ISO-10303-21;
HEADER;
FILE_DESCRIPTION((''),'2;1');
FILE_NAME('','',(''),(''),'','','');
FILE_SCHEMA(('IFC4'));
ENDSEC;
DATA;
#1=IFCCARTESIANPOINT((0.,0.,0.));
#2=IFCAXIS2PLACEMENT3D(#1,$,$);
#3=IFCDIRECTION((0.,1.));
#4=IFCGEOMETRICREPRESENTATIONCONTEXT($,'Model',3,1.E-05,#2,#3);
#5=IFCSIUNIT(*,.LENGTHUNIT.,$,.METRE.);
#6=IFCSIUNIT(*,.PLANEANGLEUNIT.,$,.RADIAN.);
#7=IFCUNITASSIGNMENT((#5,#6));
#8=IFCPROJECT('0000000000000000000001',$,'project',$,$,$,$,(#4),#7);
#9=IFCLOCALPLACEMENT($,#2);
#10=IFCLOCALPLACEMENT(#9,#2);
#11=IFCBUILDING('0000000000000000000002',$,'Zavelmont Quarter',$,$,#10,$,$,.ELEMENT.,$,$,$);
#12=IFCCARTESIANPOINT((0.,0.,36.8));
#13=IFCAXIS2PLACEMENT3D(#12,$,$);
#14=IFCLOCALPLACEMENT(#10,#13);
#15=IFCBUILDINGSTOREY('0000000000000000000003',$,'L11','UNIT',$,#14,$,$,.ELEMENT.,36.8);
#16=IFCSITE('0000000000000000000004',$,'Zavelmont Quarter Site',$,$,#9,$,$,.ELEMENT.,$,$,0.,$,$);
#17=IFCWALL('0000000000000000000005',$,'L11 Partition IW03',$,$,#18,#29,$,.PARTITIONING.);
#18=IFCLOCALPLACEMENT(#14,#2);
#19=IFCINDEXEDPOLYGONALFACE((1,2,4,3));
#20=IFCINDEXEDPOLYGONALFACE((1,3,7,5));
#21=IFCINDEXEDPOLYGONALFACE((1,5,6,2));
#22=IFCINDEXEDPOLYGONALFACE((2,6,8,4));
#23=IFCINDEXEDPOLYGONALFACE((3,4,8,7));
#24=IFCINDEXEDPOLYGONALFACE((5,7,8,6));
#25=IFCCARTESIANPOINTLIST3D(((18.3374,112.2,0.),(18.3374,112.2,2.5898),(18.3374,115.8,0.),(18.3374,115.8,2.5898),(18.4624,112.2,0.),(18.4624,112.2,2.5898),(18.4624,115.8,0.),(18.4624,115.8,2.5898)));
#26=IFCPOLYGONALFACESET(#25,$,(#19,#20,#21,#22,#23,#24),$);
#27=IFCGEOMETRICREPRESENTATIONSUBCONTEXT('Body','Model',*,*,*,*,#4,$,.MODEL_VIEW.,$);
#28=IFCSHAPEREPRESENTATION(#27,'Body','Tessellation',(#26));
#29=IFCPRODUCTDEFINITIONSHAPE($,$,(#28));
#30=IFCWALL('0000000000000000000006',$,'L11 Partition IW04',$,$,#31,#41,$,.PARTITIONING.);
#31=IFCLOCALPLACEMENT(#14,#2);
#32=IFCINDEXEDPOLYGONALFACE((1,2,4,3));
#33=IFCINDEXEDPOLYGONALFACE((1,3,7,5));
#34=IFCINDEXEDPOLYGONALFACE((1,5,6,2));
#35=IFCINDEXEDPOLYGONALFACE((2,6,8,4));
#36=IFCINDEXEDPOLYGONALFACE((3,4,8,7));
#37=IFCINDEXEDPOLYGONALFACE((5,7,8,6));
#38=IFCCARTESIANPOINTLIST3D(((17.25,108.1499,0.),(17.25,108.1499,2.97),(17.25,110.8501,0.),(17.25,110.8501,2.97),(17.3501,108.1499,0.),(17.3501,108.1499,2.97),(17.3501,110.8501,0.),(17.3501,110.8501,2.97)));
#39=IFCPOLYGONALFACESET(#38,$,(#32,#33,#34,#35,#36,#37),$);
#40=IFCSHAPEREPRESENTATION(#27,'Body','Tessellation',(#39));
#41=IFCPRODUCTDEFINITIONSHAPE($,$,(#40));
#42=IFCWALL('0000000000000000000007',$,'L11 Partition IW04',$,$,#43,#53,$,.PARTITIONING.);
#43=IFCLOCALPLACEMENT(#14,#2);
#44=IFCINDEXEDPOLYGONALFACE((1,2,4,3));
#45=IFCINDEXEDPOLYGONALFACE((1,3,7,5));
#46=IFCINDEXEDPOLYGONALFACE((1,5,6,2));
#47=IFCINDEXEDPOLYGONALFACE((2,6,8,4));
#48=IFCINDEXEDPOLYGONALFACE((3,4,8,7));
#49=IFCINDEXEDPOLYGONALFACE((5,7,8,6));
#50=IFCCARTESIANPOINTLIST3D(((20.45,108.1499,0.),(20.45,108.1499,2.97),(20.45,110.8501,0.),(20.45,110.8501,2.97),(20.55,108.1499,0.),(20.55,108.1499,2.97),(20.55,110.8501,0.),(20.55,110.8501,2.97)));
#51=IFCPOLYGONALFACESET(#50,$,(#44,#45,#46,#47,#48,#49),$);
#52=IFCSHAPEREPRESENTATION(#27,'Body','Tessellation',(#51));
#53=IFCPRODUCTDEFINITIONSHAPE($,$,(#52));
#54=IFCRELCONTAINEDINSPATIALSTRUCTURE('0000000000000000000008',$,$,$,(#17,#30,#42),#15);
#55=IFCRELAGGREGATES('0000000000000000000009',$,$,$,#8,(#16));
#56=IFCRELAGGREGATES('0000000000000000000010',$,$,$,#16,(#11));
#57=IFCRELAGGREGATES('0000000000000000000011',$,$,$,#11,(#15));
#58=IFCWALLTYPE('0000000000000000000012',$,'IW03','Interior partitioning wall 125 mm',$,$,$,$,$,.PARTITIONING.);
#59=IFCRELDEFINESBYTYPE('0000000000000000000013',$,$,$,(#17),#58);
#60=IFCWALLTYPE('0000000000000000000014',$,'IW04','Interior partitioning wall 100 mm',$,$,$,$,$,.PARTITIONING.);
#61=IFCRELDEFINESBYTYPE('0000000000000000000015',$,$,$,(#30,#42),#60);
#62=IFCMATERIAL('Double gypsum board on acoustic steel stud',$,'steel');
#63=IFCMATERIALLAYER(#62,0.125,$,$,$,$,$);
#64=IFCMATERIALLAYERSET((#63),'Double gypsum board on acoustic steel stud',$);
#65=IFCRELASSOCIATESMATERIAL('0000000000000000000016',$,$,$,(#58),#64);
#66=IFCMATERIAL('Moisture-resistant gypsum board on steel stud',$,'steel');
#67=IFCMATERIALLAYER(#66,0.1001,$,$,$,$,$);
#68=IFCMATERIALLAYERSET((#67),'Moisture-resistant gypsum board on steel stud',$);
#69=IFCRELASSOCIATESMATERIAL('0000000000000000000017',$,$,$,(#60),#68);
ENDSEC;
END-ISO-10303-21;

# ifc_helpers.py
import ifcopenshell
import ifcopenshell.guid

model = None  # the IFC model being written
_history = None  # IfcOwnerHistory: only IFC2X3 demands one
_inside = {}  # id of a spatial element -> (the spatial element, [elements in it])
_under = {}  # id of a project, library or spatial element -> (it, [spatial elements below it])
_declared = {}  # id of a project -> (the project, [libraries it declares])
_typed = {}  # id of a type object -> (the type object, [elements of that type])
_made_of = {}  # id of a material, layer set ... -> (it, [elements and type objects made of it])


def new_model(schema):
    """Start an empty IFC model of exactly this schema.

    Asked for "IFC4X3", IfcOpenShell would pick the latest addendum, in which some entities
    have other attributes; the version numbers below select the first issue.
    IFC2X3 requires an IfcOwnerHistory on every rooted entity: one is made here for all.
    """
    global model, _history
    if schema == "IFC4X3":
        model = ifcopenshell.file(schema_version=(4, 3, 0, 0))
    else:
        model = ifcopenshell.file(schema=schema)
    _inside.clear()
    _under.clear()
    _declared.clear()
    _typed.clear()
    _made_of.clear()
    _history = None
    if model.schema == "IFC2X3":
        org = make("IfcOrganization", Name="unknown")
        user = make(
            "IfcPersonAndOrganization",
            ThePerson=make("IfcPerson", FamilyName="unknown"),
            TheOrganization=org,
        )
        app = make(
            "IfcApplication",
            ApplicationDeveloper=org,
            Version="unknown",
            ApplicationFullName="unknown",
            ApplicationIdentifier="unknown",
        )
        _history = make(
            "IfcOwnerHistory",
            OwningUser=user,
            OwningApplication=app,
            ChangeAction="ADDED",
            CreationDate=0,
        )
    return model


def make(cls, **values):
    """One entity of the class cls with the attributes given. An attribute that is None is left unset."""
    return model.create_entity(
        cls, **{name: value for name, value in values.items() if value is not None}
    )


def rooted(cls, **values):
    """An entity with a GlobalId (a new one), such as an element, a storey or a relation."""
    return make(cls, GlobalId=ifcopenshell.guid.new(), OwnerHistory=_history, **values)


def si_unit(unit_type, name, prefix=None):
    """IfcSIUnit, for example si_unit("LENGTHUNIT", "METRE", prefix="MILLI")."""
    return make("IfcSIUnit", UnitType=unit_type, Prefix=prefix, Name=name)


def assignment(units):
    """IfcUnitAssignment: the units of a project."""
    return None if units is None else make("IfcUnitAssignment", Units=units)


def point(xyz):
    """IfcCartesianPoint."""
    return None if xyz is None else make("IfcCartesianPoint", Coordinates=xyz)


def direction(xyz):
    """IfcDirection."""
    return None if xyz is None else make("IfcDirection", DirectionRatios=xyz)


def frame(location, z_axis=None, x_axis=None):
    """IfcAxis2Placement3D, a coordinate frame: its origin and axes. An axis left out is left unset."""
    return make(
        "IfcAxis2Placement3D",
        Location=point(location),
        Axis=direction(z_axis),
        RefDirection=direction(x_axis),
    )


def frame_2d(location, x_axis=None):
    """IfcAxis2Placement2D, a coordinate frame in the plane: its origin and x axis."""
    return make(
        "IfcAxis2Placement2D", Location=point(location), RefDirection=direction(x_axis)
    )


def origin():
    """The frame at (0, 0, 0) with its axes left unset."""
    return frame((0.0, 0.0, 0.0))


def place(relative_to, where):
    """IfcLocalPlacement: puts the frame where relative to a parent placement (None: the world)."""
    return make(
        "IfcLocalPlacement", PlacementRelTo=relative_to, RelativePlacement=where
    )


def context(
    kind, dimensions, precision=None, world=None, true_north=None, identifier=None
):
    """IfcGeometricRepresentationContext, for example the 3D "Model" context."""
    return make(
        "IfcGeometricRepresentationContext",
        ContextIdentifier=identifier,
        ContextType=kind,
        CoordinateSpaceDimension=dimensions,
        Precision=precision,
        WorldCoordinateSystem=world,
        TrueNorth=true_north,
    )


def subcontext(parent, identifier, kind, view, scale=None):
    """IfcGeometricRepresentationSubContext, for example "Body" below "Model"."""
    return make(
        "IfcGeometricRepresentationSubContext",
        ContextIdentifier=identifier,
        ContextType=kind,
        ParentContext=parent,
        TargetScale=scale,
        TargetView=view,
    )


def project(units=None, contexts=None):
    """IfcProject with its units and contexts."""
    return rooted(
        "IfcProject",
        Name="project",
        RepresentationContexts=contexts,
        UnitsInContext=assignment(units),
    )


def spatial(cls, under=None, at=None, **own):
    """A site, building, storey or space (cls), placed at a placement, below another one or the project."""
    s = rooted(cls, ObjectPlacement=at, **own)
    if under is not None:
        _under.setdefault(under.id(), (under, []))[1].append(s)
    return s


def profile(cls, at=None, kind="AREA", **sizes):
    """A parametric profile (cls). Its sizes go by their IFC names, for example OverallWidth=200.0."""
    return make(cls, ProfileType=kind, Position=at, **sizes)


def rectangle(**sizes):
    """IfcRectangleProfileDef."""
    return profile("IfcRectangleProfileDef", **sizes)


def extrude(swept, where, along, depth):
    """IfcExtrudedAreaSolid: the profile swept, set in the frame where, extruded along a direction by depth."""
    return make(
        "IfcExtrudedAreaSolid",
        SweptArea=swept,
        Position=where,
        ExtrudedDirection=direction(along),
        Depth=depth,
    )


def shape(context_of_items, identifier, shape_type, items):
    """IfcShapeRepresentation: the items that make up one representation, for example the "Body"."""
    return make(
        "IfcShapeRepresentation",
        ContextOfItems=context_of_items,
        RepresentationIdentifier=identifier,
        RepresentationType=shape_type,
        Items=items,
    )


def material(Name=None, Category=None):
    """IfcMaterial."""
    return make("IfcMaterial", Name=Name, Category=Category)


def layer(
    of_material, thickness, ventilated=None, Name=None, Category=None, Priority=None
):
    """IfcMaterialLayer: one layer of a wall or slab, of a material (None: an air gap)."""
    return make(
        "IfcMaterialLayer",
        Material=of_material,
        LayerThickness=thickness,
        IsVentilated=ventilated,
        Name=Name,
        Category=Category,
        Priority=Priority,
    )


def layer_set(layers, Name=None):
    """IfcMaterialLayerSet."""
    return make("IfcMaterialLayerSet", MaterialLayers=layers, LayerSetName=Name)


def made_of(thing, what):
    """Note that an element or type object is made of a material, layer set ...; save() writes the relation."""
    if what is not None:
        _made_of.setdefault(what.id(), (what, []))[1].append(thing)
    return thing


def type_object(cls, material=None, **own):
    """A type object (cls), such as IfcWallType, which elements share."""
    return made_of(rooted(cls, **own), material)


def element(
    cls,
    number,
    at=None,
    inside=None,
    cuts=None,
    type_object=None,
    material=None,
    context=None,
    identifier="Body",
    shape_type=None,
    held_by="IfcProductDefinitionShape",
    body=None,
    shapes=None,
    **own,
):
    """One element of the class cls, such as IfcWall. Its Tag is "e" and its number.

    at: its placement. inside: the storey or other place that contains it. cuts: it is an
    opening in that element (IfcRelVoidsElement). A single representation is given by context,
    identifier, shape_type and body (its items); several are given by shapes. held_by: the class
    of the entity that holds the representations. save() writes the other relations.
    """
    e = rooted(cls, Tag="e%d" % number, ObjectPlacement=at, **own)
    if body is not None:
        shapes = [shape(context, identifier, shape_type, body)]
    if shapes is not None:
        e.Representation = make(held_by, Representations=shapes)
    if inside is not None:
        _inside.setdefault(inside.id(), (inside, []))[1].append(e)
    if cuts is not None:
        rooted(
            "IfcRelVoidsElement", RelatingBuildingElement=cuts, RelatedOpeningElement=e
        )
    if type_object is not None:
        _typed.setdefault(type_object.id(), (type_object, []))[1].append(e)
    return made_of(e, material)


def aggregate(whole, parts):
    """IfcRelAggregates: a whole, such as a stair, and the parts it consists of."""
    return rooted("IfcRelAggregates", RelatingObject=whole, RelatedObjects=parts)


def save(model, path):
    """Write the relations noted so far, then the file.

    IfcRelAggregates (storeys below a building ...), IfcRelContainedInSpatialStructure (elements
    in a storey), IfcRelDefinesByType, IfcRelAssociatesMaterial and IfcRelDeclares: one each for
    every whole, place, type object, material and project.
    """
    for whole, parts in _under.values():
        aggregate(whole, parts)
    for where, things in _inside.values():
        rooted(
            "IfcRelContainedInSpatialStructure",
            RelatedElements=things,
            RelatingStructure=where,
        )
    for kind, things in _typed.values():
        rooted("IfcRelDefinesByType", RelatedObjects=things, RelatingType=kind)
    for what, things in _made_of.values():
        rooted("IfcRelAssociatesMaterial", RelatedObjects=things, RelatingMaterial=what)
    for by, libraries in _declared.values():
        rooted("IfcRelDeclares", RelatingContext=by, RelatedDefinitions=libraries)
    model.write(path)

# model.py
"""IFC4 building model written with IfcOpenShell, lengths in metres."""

from ifc_helpers import new_model, si_unit, direction, frame, frame_2d, origin, place, context, subcontext, project, spatial, rectangle, extrude, material, layer, layer_set, type_object, element, save


model = new_model("IFC4")

# Units and contexts
model_context = context("Model", 3, precision=1e-05, world=origin(), true_north=direction((0.0, 1.0)))
body_context = subcontext(model_context, "Body", "Model", "MODEL_VIEW")
ifc_project = project(units=[si_unit("LENGTHUNIT", "METRE"), si_unit("PLANEANGLEUNIT", "RADIAN")], contexts=[model_context])

# Site, building, storey
site_placement = place(None, origin())
site = spatial("IfcSite", under=ifc_project, at=site_placement, Name="Zavelmont Quarter Site", CompositionType="ELEMENT", RefElevation=0.0)
building_placement = place(site_placement, origin())
building = spatial("IfcBuilding", under=site, at=building_placement, Name="Zavelmont Quarter", CompositionType="ELEMENT")
storey_placement = place(building_placement, frame((0.0, 0.0, 36.8)))
storey = spatial("IfcBuildingStorey", under=building, at=storey_placement, Name="L11", Description="UNIT", CompositionType="ELEMENT", Elevation=36.8)

# Walls
ifc_material_1 = material(Name="Double gypsum board on acoustic steel stud", Category="steel")
ifc_layer_1 = layer(ifc_material_1, 0.125)
ifc_layer_set_1 = layer_set([ifc_layer_1], Name="Double gypsum board on acoustic steel stud")
wall_type_1 = type_object("IfcWallType", Name="IW03", Description="Interior partitioning wall 125 mm", PredefinedType="PARTITIONING", material=ifc_layer_set_1)
wall_1_placement = place(storey_placement, frame((18.3999, 112.2, 0.0), z_axis=(0.0, 0.0, 1.0), x_axis=(0.0, 1.0, 0.0)))
element("IfcWall", 1, at=wall_1_placement, inside=storey, type_object=wall_type_1, Name="L11 Partition IW03", PredefinedType="PARTITIONING", context=body_context, shape_type="SweptSolid", body=[
    extrude(rectangle(XDim=3.6001, YDim=0.125, at=frame_2d((1.8, 0.0))), origin(), (0.0, 0.0, 1.0), 2.5898),
])
ifc_material_2 = material(Name="Moisture-resistant gypsum board on steel stud", Category="steel")
ifc_layer_2 = layer(ifc_material_2, 0.1001)
ifc_layer_set_2 = layer_set([ifc_layer_2], Name="Moisture-resistant gypsum board on steel stud")
wall_type_2 = type_object("IfcWallType", Name="IW04", Description="Interior partitioning wall 100 mm", PredefinedType="PARTITIONING", material=ifc_layer_set_2)
for number, where, z_axis, x_axis, name in (
    (2, (17.3, 108.1499, 0.0), (0.0, 0.0, 1.0), (0.0, 1.0, 0.0), "L11 Partition IW04"),
    (3, (20.5, 108.1499, 0.0), (0.0, 0.0, 1.0), (0.0, 1.0, 0.0), "L11 Partition IW04"),
):
    element("IfcWall", number, at=place(storey_placement, frame(where, z_axis=z_axis, x_axis=x_axis)), inside=storey, type_object=wall_type_2, Name=name, PredefinedType="PARTITIONING", context=body_context, shape_type="SweptSolid", body=[
        extrude(rectangle(XDim=2.7002, YDim=0.1001, at=frame_2d((1.3501, 0.0))), origin(), (0.0, 0.0, 1.0), 2.97),
    ])

save(model, "model.ifc")
